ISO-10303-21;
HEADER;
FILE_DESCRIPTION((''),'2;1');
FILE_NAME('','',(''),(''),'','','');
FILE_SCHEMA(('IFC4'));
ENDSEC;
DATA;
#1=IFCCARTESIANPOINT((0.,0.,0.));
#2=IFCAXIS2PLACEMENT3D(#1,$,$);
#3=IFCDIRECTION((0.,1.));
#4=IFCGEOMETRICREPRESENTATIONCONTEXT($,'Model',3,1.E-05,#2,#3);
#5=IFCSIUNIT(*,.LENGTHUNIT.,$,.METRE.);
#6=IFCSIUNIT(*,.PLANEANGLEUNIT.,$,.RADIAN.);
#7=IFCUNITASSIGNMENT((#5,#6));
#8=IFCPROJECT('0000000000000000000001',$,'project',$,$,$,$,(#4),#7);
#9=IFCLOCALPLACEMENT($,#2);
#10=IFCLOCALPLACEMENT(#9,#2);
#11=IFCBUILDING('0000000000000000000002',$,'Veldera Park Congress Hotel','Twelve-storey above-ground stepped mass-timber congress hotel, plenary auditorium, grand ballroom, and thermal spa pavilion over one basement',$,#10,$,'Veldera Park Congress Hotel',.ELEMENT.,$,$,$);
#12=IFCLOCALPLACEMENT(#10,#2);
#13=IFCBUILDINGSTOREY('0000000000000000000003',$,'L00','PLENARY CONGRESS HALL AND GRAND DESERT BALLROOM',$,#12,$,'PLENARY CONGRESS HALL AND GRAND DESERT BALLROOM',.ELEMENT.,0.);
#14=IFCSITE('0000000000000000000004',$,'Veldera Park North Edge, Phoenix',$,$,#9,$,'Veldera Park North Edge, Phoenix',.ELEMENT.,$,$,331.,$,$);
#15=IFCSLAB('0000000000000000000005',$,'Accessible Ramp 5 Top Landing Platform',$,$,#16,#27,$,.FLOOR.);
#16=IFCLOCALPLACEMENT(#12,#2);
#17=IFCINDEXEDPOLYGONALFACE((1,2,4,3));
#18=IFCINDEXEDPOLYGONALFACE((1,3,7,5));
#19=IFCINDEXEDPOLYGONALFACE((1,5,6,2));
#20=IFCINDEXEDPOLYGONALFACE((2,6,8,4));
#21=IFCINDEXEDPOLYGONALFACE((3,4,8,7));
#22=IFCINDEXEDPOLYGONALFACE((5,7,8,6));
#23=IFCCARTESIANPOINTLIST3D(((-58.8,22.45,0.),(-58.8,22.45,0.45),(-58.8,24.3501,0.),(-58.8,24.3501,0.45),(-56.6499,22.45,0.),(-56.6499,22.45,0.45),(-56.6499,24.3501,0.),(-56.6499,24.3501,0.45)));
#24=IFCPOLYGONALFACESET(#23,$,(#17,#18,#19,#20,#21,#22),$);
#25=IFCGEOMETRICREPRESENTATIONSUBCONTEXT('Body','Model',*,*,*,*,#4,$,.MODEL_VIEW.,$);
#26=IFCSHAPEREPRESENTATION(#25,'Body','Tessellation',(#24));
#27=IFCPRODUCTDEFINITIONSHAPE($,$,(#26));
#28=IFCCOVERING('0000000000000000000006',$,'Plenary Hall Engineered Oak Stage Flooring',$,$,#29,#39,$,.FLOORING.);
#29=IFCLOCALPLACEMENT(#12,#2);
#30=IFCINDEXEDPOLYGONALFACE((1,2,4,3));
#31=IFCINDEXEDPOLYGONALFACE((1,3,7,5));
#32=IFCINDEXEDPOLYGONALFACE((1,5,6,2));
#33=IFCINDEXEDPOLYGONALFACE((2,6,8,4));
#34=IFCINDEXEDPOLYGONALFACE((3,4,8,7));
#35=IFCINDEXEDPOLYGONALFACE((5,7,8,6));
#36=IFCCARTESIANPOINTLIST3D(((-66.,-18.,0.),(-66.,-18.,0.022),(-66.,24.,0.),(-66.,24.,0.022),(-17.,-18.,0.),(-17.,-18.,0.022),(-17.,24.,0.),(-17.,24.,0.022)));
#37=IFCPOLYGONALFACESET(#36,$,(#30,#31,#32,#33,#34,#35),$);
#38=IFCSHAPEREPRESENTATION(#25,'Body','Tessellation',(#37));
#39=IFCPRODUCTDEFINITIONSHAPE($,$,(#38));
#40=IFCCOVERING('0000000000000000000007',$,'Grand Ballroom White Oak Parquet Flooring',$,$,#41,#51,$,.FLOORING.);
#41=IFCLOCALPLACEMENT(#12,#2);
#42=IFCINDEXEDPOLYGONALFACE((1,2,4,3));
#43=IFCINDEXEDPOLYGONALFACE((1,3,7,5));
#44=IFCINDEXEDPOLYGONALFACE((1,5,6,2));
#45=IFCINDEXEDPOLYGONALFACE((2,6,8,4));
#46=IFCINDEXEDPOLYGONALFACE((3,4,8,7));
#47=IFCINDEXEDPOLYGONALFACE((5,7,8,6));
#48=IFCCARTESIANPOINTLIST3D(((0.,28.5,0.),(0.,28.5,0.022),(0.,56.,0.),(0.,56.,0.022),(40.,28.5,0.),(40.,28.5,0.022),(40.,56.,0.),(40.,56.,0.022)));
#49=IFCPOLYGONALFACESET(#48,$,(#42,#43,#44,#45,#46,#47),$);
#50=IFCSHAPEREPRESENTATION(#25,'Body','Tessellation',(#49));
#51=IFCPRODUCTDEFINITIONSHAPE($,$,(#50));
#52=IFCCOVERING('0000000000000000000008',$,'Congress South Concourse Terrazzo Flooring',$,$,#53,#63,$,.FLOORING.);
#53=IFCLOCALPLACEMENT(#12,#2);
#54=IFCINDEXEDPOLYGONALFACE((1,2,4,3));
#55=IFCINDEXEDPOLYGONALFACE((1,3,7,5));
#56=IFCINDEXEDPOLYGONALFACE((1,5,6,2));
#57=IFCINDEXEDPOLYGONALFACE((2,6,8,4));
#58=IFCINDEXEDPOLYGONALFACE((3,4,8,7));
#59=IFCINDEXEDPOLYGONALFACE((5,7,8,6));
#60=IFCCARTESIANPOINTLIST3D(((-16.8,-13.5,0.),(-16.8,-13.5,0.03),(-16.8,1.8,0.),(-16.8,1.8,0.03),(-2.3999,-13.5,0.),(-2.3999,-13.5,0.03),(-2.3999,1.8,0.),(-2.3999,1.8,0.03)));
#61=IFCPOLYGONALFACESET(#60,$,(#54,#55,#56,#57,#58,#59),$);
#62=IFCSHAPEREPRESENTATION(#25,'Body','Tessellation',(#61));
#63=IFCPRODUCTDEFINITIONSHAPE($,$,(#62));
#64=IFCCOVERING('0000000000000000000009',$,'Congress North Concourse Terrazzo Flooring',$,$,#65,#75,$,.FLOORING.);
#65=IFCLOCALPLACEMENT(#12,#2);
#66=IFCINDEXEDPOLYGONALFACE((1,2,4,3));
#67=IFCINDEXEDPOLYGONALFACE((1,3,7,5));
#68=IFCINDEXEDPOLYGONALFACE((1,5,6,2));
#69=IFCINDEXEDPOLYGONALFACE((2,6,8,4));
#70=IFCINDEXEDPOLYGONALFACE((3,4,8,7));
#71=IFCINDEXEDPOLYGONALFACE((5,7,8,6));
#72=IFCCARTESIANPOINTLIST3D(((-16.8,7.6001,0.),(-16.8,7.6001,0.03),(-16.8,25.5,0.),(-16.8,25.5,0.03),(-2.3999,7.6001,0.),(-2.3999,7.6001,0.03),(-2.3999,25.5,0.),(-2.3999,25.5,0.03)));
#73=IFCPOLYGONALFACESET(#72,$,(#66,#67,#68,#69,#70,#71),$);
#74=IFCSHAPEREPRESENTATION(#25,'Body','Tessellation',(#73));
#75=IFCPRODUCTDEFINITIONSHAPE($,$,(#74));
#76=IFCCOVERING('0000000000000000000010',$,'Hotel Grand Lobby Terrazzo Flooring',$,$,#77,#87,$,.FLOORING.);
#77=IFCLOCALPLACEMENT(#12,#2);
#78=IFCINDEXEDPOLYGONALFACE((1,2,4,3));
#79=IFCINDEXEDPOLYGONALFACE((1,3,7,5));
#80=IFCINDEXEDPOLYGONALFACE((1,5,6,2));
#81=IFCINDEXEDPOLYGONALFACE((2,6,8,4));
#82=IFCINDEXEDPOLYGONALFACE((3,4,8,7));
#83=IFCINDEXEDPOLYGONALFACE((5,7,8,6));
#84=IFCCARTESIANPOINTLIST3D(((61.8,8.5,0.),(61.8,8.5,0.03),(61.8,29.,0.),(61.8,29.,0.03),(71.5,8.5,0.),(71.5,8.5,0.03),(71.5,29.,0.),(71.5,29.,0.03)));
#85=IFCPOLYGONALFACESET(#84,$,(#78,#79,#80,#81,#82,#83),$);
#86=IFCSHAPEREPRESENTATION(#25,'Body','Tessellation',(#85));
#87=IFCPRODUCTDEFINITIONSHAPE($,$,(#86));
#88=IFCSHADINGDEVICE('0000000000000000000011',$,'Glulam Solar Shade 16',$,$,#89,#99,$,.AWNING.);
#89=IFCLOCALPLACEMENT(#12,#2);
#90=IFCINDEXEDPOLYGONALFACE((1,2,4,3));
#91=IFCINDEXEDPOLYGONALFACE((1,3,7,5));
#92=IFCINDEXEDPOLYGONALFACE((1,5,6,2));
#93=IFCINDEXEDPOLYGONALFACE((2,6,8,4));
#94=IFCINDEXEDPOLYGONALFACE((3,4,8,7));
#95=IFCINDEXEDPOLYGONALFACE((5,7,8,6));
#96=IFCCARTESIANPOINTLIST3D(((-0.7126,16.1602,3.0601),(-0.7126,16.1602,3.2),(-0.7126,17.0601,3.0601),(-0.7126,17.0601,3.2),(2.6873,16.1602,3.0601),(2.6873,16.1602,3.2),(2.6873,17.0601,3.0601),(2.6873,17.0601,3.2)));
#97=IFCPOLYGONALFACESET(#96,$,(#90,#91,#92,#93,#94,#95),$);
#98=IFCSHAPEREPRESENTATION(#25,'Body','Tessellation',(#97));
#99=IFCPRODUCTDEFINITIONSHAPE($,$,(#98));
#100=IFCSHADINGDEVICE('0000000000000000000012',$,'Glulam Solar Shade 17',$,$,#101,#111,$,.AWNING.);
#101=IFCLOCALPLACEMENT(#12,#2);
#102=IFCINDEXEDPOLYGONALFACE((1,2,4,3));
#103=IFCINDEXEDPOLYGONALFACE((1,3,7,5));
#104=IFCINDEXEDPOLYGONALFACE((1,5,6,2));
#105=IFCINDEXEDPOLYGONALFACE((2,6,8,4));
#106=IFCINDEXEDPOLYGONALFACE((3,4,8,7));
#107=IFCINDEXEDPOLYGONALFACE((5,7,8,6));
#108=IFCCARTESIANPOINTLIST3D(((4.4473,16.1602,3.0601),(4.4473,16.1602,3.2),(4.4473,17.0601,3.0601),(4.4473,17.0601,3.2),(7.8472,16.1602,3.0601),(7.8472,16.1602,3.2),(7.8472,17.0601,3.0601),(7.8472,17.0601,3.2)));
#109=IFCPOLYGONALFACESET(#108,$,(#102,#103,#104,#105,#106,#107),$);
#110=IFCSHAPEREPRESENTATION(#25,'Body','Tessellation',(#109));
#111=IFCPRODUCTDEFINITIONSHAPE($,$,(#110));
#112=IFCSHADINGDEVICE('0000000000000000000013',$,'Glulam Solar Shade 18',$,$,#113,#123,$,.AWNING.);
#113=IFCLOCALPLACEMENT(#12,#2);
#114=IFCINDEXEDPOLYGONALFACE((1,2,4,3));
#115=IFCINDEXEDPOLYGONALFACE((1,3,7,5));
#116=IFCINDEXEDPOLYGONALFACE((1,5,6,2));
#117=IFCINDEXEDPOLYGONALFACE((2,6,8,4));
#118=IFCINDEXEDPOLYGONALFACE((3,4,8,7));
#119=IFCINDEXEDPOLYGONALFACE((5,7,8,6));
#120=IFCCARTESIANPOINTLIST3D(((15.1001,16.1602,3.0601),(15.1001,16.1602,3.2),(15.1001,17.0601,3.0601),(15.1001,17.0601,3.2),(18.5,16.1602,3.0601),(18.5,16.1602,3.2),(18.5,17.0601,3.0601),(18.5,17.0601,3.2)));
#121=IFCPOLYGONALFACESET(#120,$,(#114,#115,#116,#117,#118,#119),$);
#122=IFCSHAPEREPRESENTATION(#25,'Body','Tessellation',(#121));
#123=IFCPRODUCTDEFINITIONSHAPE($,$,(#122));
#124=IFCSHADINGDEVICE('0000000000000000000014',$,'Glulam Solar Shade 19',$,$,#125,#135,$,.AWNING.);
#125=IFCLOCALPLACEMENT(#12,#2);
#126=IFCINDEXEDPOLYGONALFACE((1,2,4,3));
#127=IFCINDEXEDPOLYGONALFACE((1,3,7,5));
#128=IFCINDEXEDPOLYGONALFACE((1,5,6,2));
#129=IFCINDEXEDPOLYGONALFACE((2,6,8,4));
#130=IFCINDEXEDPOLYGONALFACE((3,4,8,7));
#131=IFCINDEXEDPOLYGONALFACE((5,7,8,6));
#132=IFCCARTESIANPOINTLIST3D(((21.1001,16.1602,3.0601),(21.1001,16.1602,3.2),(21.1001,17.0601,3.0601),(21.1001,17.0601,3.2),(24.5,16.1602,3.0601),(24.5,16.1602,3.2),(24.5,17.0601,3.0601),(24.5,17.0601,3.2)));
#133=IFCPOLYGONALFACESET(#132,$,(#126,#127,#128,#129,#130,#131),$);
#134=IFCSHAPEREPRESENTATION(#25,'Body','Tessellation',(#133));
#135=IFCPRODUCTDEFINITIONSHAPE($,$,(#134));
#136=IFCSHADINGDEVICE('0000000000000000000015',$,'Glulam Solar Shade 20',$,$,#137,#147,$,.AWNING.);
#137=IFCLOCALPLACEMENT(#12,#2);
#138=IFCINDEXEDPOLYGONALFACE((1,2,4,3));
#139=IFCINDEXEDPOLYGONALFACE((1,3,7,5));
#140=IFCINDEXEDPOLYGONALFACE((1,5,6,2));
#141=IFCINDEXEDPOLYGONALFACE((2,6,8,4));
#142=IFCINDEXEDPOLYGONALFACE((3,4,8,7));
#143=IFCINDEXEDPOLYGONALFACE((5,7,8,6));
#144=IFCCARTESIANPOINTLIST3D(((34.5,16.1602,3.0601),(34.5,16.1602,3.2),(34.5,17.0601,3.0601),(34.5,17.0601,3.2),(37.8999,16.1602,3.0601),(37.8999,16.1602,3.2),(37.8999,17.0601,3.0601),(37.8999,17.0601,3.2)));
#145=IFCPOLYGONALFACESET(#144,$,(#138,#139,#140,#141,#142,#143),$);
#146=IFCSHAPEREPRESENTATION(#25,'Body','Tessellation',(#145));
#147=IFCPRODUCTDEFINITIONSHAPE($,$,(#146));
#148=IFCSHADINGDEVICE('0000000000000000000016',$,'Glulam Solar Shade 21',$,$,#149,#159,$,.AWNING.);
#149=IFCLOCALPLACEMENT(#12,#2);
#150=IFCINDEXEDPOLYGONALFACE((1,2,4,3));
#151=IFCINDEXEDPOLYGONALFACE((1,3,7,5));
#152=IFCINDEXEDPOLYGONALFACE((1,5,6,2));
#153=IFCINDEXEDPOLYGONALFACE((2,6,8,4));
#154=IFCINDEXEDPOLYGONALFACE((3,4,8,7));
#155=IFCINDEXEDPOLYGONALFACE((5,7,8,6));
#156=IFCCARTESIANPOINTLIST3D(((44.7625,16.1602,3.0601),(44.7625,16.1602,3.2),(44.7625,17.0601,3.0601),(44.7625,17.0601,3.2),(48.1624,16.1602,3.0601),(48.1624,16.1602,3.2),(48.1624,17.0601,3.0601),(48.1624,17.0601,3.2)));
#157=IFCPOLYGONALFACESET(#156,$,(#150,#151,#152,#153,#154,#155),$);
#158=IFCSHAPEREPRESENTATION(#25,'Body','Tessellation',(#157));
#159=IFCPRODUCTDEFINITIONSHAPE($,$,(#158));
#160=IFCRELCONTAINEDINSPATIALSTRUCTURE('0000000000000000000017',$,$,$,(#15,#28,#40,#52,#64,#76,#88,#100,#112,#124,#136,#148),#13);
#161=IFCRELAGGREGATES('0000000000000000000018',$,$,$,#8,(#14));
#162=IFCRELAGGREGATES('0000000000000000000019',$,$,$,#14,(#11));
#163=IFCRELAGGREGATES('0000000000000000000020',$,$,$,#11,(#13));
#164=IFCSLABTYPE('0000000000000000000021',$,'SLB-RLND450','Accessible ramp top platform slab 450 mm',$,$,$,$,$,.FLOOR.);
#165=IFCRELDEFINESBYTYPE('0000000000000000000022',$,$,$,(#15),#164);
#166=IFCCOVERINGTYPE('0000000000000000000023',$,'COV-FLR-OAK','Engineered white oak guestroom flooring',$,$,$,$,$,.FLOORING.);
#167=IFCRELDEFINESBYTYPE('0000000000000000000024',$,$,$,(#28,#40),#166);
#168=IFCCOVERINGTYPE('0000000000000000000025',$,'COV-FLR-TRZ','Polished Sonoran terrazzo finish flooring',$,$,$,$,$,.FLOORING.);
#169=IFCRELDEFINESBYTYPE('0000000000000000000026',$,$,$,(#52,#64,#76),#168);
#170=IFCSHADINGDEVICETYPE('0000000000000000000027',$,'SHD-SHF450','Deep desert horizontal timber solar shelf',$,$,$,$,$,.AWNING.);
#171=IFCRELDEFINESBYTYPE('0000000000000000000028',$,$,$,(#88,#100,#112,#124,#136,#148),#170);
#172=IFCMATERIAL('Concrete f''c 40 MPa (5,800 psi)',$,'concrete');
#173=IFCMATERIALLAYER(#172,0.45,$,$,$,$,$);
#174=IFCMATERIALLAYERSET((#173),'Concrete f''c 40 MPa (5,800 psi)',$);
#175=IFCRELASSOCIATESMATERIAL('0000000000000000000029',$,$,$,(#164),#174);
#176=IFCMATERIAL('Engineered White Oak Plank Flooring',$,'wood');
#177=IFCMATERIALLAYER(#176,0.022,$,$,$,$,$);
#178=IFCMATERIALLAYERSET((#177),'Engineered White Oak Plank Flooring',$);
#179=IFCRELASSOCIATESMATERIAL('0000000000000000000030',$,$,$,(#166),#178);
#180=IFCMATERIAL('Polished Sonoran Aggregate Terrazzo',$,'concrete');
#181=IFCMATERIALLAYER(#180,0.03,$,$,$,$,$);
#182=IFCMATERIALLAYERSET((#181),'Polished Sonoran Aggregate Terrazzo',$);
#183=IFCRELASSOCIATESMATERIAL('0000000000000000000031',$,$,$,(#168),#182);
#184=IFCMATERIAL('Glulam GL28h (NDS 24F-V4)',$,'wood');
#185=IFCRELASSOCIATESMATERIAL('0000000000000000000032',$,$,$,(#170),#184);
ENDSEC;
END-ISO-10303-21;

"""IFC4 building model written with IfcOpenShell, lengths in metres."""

from ifc_helpers import new_model, si_unit, direction, frame, origin, origin_2d, place, context, subcontext, project, spatial, polyline, rectangle, outline, extrude, material, layer, layer_set, type_object, element, save


model = new_model("IFC4")

# Units and contexts
model_context = context("Model", 3, precision=1e-05, world=origin(), true_north=direction((0.0, 1.0)))
body_context = subcontext(model_context, "Body", "Model", "MODEL_VIEW")
ifc_project = project(units=[si_unit("LENGTHUNIT", "METRE"), si_unit("PLANEANGLEUNIT", "RADIAN")], contexts=[model_context])

# Site, building, storey
site_placement = place(None, origin())
site = spatial("IfcSite", under=ifc_project, at=site_placement, Name="Veldera Park North Edge, Phoenix", LongName="Veldera Park North Edge, Phoenix", CompositionType="ELEMENT", RefElevation=331.0)
building_placement = place(site_placement, origin())
building = spatial("IfcBuilding", under=site, at=building_placement, Name="Veldera Park Congress Hotel", Description="Twelve-storey above-ground stepped mass-timber congress hotel, plenary auditorium, grand ballroom, and thermal spa pavilion over one basement", LongName="Veldera Park Congress Hotel", CompositionType="ELEMENT")
storey_placement = place(building_placement, origin())
storey = spatial("IfcBuildingStorey", under=building, at=storey_placement, Name="L00", Description="PLENARY CONGRESS HALL AND GRAND DESERT BALLROOM", LongName="PLENARY CONGRESS HALL AND GRAND DESERT BALLROOM", CompositionType="ELEMENT", Elevation=0.0)

# Shared definitions
ifc_material_1 = material(Name="Concrete f'c 40 MPa (5,800 psi)", Category="concrete")

# Slab
ifc_layer_1 = layer(ifc_material_1, 0.45)
ifc_layer_set_1 = layer_set([ifc_layer_1], Name="Concrete f'c 40 MPa (5,800 psi)")
slab_type = type_object("IfcSlabType", Name="SLB-RLND450", Description="Accessible ramp top platform slab 450 mm", PredefinedType="FLOOR", material=ifc_layer_set_1)
slab_1_placement = place(storey_placement, origin())
element("IfcSlab", 1, at=slab_1_placement, inside=storey, type_object=slab_type, Name="Accessible Ramp 5 Top Landing Platform", PredefinedType="FLOOR", context=body_context, shape_type="SweptSolid", body=[
    extrude(outline(polyline([(-58.8, 22.45), (-56.6499, 22.45), (-56.6499, 24.3501), (-58.8, 24.3501), (-58.8, 22.45)])), origin(), (0.0, 0.0, 1.0), 0.45),
])

# Coverings
ifc_material_2 = material(Name="Engineered White Oak Plank Flooring", Category="wood")
ifc_layer_2 = layer(ifc_material_2, 0.022)
ifc_layer_set_2 = layer_set([ifc_layer_2], Name="Engineered White Oak Plank Flooring")
covering_type_1 = type_object("IfcCoveringType", Name="COV-FLR-OAK", Description="Engineered white oak guestroom flooring", PredefinedType="FLOORING", material=ifc_layer_set_2)
covering_1_placement = place(storey_placement, origin())
element("IfcCovering", 2, at=covering_1_placement, inside=storey, type_object=covering_type_1, Name="Plenary Hall Engineered Oak Stage Flooring", PredefinedType="FLOORING", context=body_context, shape_type="SweptSolid", body=[
    extrude(outline(polyline([(-66.0, -18.0), (-17.0, -18.0), (-17.0, 24.0), (-66.0, 24.0), (-66.0, -18.0)])), origin(), (0.0, 0.0, 1.0), 0.022),
])
covering_2_placement = place(storey_placement, origin())
element("IfcCovering", 3, at=covering_2_placement, inside=storey, type_object=covering_type_1, Name="Grand Ballroom White Oak Parquet Flooring", PredefinedType="FLOORING", context=body_context, shape_type="SweptSolid", body=[
    extrude(outline(polyline([(0.0, 28.5), (40.0, 28.5), (40.0, 56.0), (0.0, 56.0), (0.0, 28.5)])), origin(), (0.0, 0.0, 1.0), 0.022),
])
ifc_material_3 = material(Name="Polished Sonoran Aggregate Terrazzo", Category="concrete")
ifc_layer_3 = layer(ifc_material_3, 0.03)
ifc_layer_set_3 = layer_set([ifc_layer_3], Name="Polished Sonoran Aggregate Terrazzo")
covering_type_2 = type_object("IfcCoveringType", Name="COV-FLR-TRZ", Description="Polished Sonoran terrazzo finish flooring", PredefinedType="FLOORING", material=ifc_layer_set_3)
covering_3_placement = place(storey_placement, origin())
element("IfcCovering", 4, at=covering_3_placement, inside=storey, type_object=covering_type_2, Name="Congress South Concourse Terrazzo Flooring", PredefinedType="FLOORING", context=body_context, shape_type="SweptSolid", body=[
    extrude(outline(polyline([(-16.8, -13.5), (-2.3999, -13.5), (-2.3999, 1.8), (-16.8, 1.8), (-16.8, -13.5)])), origin(), (0.0, 0.0, 1.0), 0.03),
])
covering_4_placement = place(storey_placement, origin())
element("IfcCovering", 5, at=covering_4_placement, inside=storey, type_object=covering_type_2, Name="Congress North Concourse Terrazzo Flooring", PredefinedType="FLOORING", context=body_context, shape_type="SweptSolid", body=[
    extrude(outline(polyline([(-16.8, 7.6001), (-2.3999, 7.6001), (-2.3999, 25.5), (-16.8, 25.5), (-16.8, 7.6001)])), origin(), (0.0, 0.0, 1.0), 0.03),
])
covering_5_placement = place(storey_placement, origin())
element("IfcCovering", 6, at=covering_5_placement, inside=storey, type_object=covering_type_2, Name="Hotel Grand Lobby Terrazzo Flooring", PredefinedType="FLOORING", context=body_context, shape_type="SweptSolid", body=[
    extrude(outline(polyline([(61.8, 8.5), (71.5, 8.5), (71.5, 29.0), (61.8, 29.0), (61.8, 8.5)])), origin(), (0.0, 0.0, 1.0), 0.03),
])

# Shading devices
ifc_material_4 = material(Name="Glulam GL28h (NDS 24F-V4)", Category="wood")
shading_device_type = type_object("IfcShadingDeviceType", Name="SHD-SHF450", Description="Deep desert horizontal timber solar shelf", PredefinedType="AWNING", material=ifc_material_4)
for number, where, z_axis, x_axis, name in (
    (7, (0.9873, 16.6101, 3.0601), (0.0, 0.0, 1.0), (1.0, 0.0, 0.0), "Glulam Solar Shade 16"),
    (8, (6.1472, 16.6101, 3.0601), (0.0, 0.0, 1.0), (1.0, 0.0, 0.0), "Glulam Solar Shade 17"),
    (9, (16.8, 16.6101, 3.0601), (0.0, 0.0, 1.0), (1.0, 0.0, 0.0), "Glulam Solar Shade 18"),
    (10, (22.8, 16.6101, 3.0601), (0.0, 0.0, 1.0), (1.0, 0.0, 0.0), "Glulam Solar Shade 19"),
    (11, (36.2, 16.6101, 3.0601), (0.0, 0.0, 1.0), (1.0, 0.0, 0.0), "Glulam Solar Shade 20"),
    (12, (46.4624, 16.6101, 3.0601), (0.0, 0.0, 1.0), (1.0, 0.0, 0.0), "Glulam Solar Shade 21"),
):
    element("IfcShadingDevice", number, at=place(storey_placement, frame(where, z_axis=z_axis, x_axis=x_axis)), inside=storey, type_object=shading_device_type, Name=name, PredefinedType="AWNING", context=body_context, shape_type="SweptSolid", body=[
        extrude(rectangle(XDim=3.3999, YDim=0.8999, at=origin_2d()), origin(), (0.0, 0.0, 1.0), 0.1399),
    ])

save(model, "model.ifc")
